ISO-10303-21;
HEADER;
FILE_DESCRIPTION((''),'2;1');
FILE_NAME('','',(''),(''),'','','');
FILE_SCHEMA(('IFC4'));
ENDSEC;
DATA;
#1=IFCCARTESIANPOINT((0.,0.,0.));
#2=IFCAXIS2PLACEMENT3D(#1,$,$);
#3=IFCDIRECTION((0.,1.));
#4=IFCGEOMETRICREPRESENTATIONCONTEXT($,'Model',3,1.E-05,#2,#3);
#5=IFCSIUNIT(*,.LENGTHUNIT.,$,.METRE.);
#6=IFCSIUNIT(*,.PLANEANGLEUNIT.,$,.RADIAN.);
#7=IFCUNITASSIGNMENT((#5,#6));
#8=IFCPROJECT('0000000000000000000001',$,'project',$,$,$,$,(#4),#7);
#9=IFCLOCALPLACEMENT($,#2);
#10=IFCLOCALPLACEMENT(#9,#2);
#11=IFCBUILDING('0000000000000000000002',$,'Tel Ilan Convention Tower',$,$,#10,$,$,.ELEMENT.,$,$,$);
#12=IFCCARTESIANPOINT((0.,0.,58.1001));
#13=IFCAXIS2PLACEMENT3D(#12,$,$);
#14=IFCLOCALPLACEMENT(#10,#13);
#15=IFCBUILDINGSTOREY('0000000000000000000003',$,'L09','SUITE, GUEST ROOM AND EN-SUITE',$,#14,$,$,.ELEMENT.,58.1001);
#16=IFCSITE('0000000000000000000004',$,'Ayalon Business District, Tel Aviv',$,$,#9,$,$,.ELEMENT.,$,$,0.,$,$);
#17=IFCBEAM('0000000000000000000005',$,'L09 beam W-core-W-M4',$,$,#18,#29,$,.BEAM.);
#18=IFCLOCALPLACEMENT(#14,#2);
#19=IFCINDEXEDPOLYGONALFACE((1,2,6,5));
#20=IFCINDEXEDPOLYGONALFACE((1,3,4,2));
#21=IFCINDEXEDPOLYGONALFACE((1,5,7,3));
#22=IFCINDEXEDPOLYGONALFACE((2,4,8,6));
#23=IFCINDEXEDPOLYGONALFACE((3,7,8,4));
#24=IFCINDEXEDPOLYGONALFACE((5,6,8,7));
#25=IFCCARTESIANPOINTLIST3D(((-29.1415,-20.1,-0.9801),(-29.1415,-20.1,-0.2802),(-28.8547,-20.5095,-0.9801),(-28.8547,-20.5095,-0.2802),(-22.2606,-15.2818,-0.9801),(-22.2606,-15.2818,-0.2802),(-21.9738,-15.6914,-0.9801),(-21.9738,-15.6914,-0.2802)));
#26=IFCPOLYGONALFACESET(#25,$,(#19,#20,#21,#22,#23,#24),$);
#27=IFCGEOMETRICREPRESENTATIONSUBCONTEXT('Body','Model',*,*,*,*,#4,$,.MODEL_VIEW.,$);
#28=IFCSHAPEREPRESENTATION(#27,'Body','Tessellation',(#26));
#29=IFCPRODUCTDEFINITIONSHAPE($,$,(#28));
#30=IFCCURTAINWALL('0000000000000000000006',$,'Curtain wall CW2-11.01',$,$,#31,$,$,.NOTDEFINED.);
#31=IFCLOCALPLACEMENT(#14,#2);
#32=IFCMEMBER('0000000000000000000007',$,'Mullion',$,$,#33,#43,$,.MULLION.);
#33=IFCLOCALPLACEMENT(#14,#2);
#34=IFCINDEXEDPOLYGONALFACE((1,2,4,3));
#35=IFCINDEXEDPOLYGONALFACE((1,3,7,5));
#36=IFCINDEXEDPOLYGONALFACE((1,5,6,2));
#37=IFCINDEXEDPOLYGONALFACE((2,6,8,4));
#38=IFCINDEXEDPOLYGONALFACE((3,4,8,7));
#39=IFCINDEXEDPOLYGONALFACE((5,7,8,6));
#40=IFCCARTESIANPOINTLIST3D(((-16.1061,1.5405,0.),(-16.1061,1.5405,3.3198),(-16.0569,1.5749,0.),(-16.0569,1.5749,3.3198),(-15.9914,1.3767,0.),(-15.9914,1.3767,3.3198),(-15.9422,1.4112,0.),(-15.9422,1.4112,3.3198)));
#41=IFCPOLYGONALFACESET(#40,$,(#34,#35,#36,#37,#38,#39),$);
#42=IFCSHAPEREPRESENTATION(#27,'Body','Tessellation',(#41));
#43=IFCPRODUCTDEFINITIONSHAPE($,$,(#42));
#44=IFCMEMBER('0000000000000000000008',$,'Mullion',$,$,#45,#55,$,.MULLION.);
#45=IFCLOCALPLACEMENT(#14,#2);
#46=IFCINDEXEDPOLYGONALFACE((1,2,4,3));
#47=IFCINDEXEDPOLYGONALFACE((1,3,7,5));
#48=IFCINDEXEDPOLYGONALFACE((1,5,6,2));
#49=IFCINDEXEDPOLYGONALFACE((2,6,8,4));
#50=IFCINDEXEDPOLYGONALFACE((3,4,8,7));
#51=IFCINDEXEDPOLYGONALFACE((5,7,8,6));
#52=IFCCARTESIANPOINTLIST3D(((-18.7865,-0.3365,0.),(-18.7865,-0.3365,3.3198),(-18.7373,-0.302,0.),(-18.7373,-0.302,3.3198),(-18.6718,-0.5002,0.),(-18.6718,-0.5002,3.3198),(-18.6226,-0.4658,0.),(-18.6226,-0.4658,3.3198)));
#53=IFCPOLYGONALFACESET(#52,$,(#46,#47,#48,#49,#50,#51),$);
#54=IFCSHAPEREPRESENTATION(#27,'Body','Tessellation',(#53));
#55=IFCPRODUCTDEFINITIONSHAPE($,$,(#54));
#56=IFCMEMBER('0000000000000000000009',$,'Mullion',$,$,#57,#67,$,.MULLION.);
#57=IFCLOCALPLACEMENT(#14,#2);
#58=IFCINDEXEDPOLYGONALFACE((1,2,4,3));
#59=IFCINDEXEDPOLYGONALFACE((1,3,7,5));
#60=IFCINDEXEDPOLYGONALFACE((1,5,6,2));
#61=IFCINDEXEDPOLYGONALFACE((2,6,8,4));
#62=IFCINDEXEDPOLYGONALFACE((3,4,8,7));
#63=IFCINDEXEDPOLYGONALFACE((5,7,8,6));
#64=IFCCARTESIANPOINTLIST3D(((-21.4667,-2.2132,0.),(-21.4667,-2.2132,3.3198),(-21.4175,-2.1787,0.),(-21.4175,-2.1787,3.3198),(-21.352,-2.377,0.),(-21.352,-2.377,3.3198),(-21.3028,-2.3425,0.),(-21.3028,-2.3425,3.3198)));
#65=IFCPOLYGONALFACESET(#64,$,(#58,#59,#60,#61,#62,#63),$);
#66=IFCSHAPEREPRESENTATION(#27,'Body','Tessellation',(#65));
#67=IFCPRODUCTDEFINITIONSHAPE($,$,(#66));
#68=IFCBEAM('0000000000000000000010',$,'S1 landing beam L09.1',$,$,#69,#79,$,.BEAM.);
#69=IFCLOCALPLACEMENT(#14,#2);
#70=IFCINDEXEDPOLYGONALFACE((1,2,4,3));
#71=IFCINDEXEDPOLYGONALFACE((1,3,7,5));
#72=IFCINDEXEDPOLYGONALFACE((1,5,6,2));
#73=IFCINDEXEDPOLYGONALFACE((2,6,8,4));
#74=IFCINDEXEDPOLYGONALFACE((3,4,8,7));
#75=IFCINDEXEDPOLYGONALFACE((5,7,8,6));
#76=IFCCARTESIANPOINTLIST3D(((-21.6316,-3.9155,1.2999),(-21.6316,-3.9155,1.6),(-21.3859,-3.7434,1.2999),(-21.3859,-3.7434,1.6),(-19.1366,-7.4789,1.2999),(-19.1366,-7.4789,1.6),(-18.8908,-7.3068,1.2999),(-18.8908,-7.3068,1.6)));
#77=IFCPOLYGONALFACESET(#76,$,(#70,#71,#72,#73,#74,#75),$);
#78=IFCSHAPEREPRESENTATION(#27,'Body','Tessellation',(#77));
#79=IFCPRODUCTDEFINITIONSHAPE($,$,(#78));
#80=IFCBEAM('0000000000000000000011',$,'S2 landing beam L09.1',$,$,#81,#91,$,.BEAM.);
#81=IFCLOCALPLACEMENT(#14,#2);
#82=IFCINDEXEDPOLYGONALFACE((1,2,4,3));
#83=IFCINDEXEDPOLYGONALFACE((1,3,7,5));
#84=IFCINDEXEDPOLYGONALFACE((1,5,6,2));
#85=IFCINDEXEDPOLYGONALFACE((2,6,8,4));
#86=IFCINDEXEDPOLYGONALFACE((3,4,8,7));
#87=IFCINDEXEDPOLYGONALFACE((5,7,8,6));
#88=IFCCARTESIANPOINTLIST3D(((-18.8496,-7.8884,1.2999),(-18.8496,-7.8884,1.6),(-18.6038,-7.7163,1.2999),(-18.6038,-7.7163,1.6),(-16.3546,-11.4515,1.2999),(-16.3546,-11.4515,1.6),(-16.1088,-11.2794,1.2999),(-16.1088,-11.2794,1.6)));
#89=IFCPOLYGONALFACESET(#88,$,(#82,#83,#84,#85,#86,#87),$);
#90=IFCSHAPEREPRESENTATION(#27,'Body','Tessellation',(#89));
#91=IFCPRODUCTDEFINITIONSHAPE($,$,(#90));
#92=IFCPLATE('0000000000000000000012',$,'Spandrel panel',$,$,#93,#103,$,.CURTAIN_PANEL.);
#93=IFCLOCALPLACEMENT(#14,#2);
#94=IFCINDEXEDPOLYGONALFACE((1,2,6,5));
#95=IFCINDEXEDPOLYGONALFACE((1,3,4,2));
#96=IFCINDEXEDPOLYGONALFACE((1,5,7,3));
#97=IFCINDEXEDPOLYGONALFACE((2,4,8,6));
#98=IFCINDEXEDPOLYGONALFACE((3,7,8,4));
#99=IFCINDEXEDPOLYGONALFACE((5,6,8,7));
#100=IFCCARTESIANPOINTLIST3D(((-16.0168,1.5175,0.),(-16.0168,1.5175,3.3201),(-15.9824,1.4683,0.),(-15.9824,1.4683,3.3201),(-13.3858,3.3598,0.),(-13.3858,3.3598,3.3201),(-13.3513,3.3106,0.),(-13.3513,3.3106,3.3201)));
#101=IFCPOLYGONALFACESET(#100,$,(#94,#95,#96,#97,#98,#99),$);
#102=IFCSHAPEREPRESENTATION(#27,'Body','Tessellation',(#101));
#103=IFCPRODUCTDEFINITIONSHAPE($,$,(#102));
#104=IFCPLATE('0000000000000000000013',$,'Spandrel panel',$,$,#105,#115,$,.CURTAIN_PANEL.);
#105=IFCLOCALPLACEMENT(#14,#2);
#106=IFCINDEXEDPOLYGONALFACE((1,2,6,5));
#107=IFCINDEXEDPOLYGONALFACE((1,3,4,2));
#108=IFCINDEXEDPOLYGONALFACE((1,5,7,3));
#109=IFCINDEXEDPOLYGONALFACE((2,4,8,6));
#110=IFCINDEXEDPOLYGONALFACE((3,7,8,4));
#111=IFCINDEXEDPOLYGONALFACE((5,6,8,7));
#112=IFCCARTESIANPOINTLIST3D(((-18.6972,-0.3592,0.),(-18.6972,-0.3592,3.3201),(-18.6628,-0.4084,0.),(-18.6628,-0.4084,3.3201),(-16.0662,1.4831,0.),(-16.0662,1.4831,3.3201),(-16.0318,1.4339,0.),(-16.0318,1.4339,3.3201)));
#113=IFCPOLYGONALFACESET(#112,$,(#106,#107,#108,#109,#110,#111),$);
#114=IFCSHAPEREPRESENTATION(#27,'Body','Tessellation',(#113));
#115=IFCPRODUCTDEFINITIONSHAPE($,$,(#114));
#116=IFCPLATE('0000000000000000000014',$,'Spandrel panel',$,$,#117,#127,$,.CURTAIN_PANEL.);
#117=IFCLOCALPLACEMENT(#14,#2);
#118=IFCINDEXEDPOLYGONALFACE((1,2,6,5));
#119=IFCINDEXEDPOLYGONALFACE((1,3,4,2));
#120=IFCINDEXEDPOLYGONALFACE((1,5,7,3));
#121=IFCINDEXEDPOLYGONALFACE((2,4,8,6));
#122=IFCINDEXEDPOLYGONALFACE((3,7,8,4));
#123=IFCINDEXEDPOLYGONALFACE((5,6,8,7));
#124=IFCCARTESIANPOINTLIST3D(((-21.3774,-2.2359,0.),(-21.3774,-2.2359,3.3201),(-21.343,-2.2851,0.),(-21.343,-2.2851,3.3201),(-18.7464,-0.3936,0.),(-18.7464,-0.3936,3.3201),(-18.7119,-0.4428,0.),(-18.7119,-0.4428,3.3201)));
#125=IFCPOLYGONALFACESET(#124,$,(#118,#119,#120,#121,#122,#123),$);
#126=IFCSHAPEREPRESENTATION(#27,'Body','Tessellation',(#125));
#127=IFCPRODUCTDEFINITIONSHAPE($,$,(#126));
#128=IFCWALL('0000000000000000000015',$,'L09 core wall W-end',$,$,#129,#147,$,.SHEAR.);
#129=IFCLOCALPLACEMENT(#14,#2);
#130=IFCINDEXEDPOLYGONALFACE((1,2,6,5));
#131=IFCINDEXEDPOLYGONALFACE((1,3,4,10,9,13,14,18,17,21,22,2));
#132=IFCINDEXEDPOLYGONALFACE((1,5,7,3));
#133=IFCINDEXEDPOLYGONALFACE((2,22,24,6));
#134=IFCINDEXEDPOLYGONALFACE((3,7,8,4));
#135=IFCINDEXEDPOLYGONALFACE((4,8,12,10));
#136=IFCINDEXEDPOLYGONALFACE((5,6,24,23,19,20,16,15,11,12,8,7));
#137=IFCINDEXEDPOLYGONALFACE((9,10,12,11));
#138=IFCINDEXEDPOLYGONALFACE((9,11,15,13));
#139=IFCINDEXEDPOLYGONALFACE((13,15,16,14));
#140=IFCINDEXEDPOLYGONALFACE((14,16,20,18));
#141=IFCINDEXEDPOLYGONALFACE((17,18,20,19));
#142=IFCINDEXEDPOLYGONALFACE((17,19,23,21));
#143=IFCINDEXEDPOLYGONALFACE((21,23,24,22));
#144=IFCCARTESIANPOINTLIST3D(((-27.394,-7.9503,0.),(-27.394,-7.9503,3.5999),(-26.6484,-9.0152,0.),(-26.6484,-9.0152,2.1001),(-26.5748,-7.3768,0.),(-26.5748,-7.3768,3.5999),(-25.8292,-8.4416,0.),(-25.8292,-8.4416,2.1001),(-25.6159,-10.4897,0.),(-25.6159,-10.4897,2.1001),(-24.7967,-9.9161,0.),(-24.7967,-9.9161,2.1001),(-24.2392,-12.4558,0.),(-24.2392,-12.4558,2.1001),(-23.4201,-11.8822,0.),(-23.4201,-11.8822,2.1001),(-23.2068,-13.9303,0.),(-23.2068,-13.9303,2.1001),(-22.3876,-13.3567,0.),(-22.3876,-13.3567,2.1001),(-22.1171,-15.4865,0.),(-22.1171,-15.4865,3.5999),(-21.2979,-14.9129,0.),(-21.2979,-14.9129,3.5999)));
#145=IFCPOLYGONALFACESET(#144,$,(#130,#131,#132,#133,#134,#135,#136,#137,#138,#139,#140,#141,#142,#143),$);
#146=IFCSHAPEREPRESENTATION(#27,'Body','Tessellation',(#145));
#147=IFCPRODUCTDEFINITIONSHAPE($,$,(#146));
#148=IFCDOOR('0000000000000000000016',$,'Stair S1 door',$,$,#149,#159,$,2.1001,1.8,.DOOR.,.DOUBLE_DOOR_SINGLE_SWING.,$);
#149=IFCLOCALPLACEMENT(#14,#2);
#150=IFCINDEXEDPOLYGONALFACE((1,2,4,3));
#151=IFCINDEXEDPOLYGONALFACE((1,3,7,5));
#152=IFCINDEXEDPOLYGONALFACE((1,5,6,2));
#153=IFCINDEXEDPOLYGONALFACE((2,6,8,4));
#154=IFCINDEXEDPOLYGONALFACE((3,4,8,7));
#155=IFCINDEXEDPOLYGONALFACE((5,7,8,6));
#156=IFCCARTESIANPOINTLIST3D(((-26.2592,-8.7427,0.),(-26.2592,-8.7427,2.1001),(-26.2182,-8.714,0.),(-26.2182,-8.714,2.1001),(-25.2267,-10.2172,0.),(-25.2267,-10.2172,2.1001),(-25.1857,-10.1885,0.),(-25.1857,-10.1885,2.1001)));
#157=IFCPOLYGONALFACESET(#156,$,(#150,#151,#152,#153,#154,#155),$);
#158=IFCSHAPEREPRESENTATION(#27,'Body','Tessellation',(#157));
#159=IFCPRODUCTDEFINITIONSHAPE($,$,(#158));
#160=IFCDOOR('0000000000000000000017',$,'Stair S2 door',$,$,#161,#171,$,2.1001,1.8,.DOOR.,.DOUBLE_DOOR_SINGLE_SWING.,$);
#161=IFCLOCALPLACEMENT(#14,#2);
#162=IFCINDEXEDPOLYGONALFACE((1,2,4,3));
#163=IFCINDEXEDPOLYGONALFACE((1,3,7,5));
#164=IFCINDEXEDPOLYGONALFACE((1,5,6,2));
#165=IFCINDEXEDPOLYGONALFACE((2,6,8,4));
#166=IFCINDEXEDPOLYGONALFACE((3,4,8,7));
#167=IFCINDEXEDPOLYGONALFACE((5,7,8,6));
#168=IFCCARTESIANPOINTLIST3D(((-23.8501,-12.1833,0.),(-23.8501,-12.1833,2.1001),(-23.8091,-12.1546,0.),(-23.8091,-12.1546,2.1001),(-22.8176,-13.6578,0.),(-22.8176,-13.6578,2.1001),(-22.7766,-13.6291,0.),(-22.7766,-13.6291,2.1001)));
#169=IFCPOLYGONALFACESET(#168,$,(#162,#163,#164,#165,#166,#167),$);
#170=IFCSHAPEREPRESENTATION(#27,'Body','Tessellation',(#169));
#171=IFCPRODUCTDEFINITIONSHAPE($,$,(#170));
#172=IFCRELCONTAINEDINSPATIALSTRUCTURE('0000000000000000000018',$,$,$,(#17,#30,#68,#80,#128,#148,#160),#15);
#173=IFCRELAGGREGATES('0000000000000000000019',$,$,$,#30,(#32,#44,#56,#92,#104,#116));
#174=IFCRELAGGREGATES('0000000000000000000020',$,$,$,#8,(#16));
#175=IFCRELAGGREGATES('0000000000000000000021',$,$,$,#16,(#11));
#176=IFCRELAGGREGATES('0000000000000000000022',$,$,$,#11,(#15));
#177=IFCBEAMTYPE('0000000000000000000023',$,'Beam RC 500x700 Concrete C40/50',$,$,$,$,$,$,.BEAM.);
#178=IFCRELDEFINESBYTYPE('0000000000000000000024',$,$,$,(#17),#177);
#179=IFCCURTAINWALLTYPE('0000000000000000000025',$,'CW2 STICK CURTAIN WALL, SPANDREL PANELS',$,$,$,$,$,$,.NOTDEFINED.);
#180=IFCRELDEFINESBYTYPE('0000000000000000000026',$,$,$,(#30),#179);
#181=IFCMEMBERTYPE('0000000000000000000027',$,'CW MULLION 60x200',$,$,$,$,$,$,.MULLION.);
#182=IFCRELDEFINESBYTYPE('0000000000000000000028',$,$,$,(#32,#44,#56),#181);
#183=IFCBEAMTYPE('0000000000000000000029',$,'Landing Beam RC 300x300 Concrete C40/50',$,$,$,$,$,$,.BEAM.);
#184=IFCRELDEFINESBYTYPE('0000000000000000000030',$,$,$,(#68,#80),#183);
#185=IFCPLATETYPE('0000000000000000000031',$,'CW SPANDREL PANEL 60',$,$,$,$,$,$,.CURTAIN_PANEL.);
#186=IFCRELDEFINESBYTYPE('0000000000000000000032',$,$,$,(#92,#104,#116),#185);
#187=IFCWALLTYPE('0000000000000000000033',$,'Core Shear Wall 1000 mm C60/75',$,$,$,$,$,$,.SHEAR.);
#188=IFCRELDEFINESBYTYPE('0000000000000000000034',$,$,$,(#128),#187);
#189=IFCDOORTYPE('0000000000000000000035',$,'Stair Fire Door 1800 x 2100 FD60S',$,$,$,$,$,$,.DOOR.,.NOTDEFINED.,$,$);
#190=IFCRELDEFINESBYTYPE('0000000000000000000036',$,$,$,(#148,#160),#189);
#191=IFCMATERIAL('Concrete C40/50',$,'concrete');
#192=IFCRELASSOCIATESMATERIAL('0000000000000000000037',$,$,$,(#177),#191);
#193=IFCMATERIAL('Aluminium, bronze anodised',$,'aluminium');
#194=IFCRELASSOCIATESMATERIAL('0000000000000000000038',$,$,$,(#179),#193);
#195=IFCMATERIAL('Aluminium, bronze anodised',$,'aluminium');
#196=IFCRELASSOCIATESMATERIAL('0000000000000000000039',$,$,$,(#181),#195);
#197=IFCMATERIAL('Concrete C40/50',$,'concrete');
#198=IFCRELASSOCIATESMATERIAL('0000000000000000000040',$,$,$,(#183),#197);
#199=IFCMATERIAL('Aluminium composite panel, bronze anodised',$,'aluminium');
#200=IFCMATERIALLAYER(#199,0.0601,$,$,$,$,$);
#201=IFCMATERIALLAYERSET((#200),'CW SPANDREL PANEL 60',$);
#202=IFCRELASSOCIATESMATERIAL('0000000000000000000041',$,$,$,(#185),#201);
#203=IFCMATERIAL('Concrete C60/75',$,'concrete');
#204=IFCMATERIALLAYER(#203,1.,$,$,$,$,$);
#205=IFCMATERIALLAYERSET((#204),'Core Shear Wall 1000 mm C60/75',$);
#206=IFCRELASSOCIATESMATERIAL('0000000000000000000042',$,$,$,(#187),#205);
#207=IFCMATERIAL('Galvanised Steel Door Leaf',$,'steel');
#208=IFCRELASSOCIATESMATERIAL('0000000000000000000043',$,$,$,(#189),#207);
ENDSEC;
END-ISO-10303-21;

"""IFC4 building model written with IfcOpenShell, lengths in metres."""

from ifc_helpers import new_model, si_unit, direction, frame, frame_2d, origin, origin_2d, place, context, subcontext, project, spatial, polyline, rectangle, outline, extrude, material, layer, layer_set, material_profile, profile_set, type_object, element, fill, aggregate, save


model = new_model("IFC4")

# Units and contexts
model_context = context("Model", 3, precision=1e-05, world=origin(), true_north=direction((0.0, 1.0)))
body_context = subcontext(model_context, "Body", "Model", "MODEL_VIEW")
ifc_project = project(units=[si_unit("LENGTHUNIT", "METRE"), si_unit("PLANEANGLEUNIT", "RADIAN")], contexts=[model_context])

# Site, building, storey
site_placement = place(None, origin())
site = spatial("IfcSite", under=ifc_project, at=site_placement, Name="Ayalon Business District, Tel Aviv", CompositionType="ELEMENT", RefElevation=0.0)
building_placement = place(site_placement, origin())
building = spatial("IfcBuilding", under=site, at=building_placement, Name="Tel Ilan Convention Tower", CompositionType="ELEMENT")
storey_placement = place(building_placement, frame((0.0, 0.0, 58.1001)))
storey = spatial("IfcBuildingStorey", under=building, at=storey_placement, Name="L09", Description="SUITE, GUEST ROOM AND EN-SUITE", CompositionType="ELEMENT", Elevation=58.1001)

# Beam
ifc_material_1 = material(Name="Concrete C40/50", Category="concrete")
ifc_material_profile_1 = material_profile(ifc_material_1, rectangle(XDim=0.5, YDim=0.7, at=origin_2d()), Name="RC 500x700")
ifc_profile_set_1 = profile_set([ifc_material_profile_1], Name="Concrete C40/50")
beam_type_1 = type_object("IfcBeamType", Name="Beam RC 500x700 Concrete C40/50", PredefinedType="BEAM", material=ifc_profile_set_1)
beam_1_placement = place(storey_placement, frame((-22.1172, -15.4866, -0.6301), z_axis=(-0.819147, -0.573583, 0.0), x_axis=(0.573583, -0.819147, 0.0)))
element("IfcBeam", 1, at=beam_1_placement, inside=storey, type_object=beam_type_1, Name="L09 beam W-core-W-M4", PredefinedType="BEAM", context=body_context, shape_type="SweptSolid", body=[
    extrude(rectangle(XDim=0.5, YDim=0.7, at=origin_2d()), origin(), (0.0, 0.0, 1.0), 8.4001),
])

# Curtain wall, members
ifc_material_2 = material(Name="Aluminium, bronze anodised", Category="aluminium")
curtain_wall_type = type_object("IfcCurtainWallType", Name="CW2 STICK CURTAIN WALL, SPANDREL PANELS", PredefinedType="NOTDEFINED", material=ifc_material_2)
curtain_wall_placement = place(storey_placement, origin())
curtain_wall = element("IfcCurtainWall", 2, at=curtain_wall_placement, inside=storey, type_object=curtain_wall_type, Name="Curtain wall CW2-11.01", PredefinedType="NOTDEFINED")
ifc_material_3 = material(Name="Aluminium, bronze anodised", Category="aluminium")
ifc_material_profile_2 = material_profile(ifc_material_3, rectangle(XDim=0.0601, YDim=0.2, at=origin_2d()), Name="CW MULLION 60x200")
ifc_profile_set_2 = profile_set([ifc_material_profile_2], Name="Aluminium, bronze anodised")
member_type = type_object("IfcMemberType", Name="CW MULLION 60x200", PredefinedType="MULLION", material=ifc_profile_set_2)
member_1_placement = place(storey_placement, frame((-16.0242, 1.4758, 0.0), z_axis=(0.0, 0.0, 1.0), x_axis=(-0.819152, -0.573576, 0.0)))
member_1 = element("IfcMember", 3, at=member_1_placement, type_object=member_type, Name="Mullion", PredefinedType="MULLION", context=body_context, shape_type="SweptSolid", body=[
    extrude(rectangle(XDim=0.0601, YDim=0.2, at=origin_2d()), origin(), (0.0, 0.0, 1.0), 3.3198),
])
member_2_placement = place(storey_placement, frame((-18.7046, -0.4011, 0.0), z_axis=(0.0, 0.0, 1.0), x_axis=(-0.819152, -0.573576, 0.0)))
member_2 = element("IfcMember", 4, at=member_2_placement, type_object=member_type, Name="Mullion", PredefinedType="MULLION", context=body_context, shape_type="SweptSolid", body=[
    extrude(rectangle(XDim=0.0601, YDim=0.2, at=origin_2d()), origin(), (0.0, 0.0, 1.0), 3.3198),
])
member_3_placement = place(storey_placement, frame((-21.3848, -2.2778, 0.0), z_axis=(0.0, 0.0, 1.0), x_axis=(-0.819152, -0.573576, 0.0)))
member_3 = element("IfcMember", 5, at=member_3_placement, type_object=member_type, Name="Mullion", PredefinedType="MULLION", context=body_context, shape_type="SweptSolid", body=[
    extrude(rectangle(XDim=0.0601, YDim=0.2, at=origin_2d()), origin(), (0.0, 0.0, 1.0), 3.3198),
])

# Beams
ifc_material_4 = material(Name="Concrete C40/50", Category="concrete")
ifc_material_profile_3 = material_profile(ifc_material_4, rectangle(XDim=0.3, YDim=0.3, at=origin_2d()), Name="RC 300x300")
ifc_profile_set_3 = profile_set([ifc_material_profile_3], Name="Concrete C40/50")
beam_type_2 = type_object("IfcBeamType", Name="Landing Beam RC 300x300 Concrete C40/50", PredefinedType="BEAM", material=ifc_profile_set_3)
beam_2_placement = place(storey_placement, frame((-19.0137, -7.3928, 1.45), z_axis=(-0.573568, 0.819158, 0.0), x_axis=(-0.819158, -0.573568, 0.0)))
element("IfcBeam", 6, at=beam_2_placement, inside=storey, type_object=beam_type_2, Name="S1 landing beam L09.1", PredefinedType="BEAM", context=body_context, shape_type="SweptSolid", body=[
    extrude(rectangle(XDim=0.3, YDim=0.3, at=origin_2d()), origin(), (0.0, 0.0, 1.0), 4.3501),
])
beam_3_placement = place(storey_placement, frame((-16.2317, -11.3655, 1.45), z_axis=(-0.573594, 0.81914, 0.0), x_axis=(-0.81914, -0.573594, 0.0)))
element("IfcBeam", 7, at=beam_3_placement, inside=storey, type_object=beam_type_2, Name="S2 landing beam L09.1", PredefinedType="BEAM", context=body_context, shape_type="SweptSolid", body=[
    extrude(rectangle(XDim=0.3, YDim=0.3, at=origin_2d()), origin(), (0.0, 0.0, 1.0), 4.3499),
])

# Plates
ifc_material_5 = material(Name="Aluminium composite panel, bronze anodised", Category="aluminium")
ifc_layer_1 = layer(ifc_material_5, 0.0601)
ifc_layer_set_1 = layer_set([ifc_layer_1], Name="CW SPANDREL PANEL 60")
plate_type = type_object("IfcPlateType", Name="CW SPANDREL PANEL 60", PredefinedType="CURTAIN_PANEL", material=ifc_layer_set_1)
plate_1_placement = place(storey_placement, frame((-14.6841, 2.4141, 0.0), z_axis=(0.0, 0.0, 1.0), x_axis=(-0.819152, -0.573576, 0.0)))
plate_1 = element("IfcPlate", 8, at=plate_1_placement, type_object=plate_type, Name="Spandrel panel", PredefinedType="CURTAIN_PANEL", context=body_context, shape_type="SweptSolid", body=[
    extrude(rectangle(XDim=3.2119, YDim=0.0601, at=origin_2d()), origin(), (0.0, 0.0, 1.0), 3.3201),
])
plate_2_placement = place(storey_placement, frame((-17.3645, 0.5374, 0.0), z_axis=(0.0, 0.0, 1.0), x_axis=(-0.819152, -0.573576, 0.0)))
plate_2 = element("IfcPlate", 9, at=plate_2_placement, type_object=plate_type, Name="Spandrel panel", PredefinedType="CURTAIN_PANEL", context=body_context, shape_type="SweptSolid", body=[
    extrude(rectangle(XDim=3.2119, YDim=0.0601, at=origin_2d()), origin(), (0.0, 0.0, 1.0), 3.3201),
])
plate_3_placement = place(storey_placement, frame((-20.0447, -1.3394, 0.0), z_axis=(0.0, 0.0, 1.0), x_axis=(-0.819152, -0.573576, 0.0)))
plate_3 = element("IfcPlate", 10, at=plate_3_placement, type_object=plate_type, Name="Spandrel panel", PredefinedType="CURTAIN_PANEL", context=body_context, shape_type="SweptSolid", body=[
    extrude(rectangle(XDim=3.2119, YDim=0.0601, at=origin_2d()), origin(), (0.0, 0.0, 1.0), 3.3201),
])
aggregate(curtain_wall, [member_1, member_2, member_3, plate_1, plate_2, plate_3])

# Wall, openings, doors
ifc_material_6 = material(Name="Concrete C60/75", Category="concrete")
ifc_layer_2 = layer(ifc_material_6, 1.0)
ifc_layer_set_2 = layer_set([ifc_layer_2], Name="Core Shear Wall 1000 mm C60/75")
wall_type_1 = type_object("IfcWallType", Name="Core Shear Wall 1000 mm C60/75", PredefinedType="SHEAR", material=ifc_layer_set_2)
wall_1_placement = place(storey_placement, frame((-21.7075, -15.1997, 0.0), z_axis=(0.0, 0.0, 1.0), x_axis=(-0.573576, 0.819152, 0.0)))
wall_1 = element("IfcWall", 11, at=wall_1_placement, inside=storey, type_object=wall_type_1, Name="L09 core wall W-end", PredefinedType="SHEAR", context=body_context, shape_type="SweptSolid", body=[
    extrude(outline(polyline([(0.0, 0.5), (0.0, -0.5), (9.2, -0.5), (9.2, 0.5), (0.0, 0.5)])), origin(), (0.0, 0.0, 1.0), 3.5999),
])
opening_1_placement = place(wall_1_placement, frame((6.1001, 0.0, 0.0)))
opening_1 = element("IfcOpeningElement", 12, at=opening_1_placement, cuts=wall_1, PredefinedType="OPENING", context=body_context, shape_type="SweptSolid", body=[
    extrude(rectangle(XDim=1.8, YDim=2.1001, at=frame_2d((0.8999, 1.05))), frame((0.0, 0.51, 0.0), z_axis=(0.0, -1.0, 0.0), x_axis=(1.0, 0.0, 0.0)), (0.0, 0.0, 1.0), 1.02),
])
opening_2_placement = place(wall_1_placement, frame((1.8999, 0.0, 0.0)))
opening_2 = element("IfcOpeningElement", 13, at=opening_2_placement, cuts=wall_1, PredefinedType="OPENING", context=body_context, shape_type="SweptSolid", body=[
    extrude(rectangle(XDim=1.8, YDim=2.1001, at=frame_2d((0.8999, 1.05))), frame((0.0, 0.51, 0.0), z_axis=(0.0, -1.0, 0.0), x_axis=(1.0, 0.0, 0.0)), (0.0, 0.0, 1.0), 1.02),
])
ifc_material_7 = material(Name="Galvanised Steel Door Leaf", Category="steel")
door_type_1 = type_object("IfcDoorType", Name="Stair Fire Door 1800 x 2100 FD60S", OperationType="NOTDEFINED", PredefinedType="DOOR", material=ifc_material_7)
door_1_placement = place(opening_1_placement, origin())
door_1 = element("IfcDoor", 14, at=door_1_placement, inside=storey, type_object=door_type_1, Name="Stair S1 door", OperationType="DOUBLE_DOOR_SINGLE_SWING", OverallHeight=2.1001, OverallWidth=1.8, PredefinedType="DOOR", context=body_context, shape_type="SweptSolid", body=[
    extrude(rectangle(XDim=1.8, YDim=2.1001, at=frame_2d((0.8999, 1.05))), frame((0.0, 0.0249, 0.0), z_axis=(0.0, -1.0, 0.0), x_axis=(1.0, 0.0, 0.0)), (0.0, 0.0, 1.0), 0.05),
])
fill(opening_1, door_1)
door_2_placement = place(opening_2_placement, origin())
door_2 = element("IfcDoor", 15, at=door_2_placement, inside=storey, type_object=door_type_1, Name="Stair S2 door", OperationType="DOUBLE_DOOR_SINGLE_SWING", OverallHeight=2.1001, OverallWidth=1.8, PredefinedType="DOOR", context=body_context, shape_type="SweptSolid", body=[
    extrude(rectangle(XDim=1.8, YDim=2.1001, at=frame_2d((0.8999, 1.05))), frame((0.0, 0.0249, 0.0), z_axis=(0.0, -1.0, 0.0), x_axis=(1.0, 0.0, 0.0)), (0.0, 0.0, 1.0), 0.05),
])
fill(opening_2, door_2)

save(model, "model.ifc")
